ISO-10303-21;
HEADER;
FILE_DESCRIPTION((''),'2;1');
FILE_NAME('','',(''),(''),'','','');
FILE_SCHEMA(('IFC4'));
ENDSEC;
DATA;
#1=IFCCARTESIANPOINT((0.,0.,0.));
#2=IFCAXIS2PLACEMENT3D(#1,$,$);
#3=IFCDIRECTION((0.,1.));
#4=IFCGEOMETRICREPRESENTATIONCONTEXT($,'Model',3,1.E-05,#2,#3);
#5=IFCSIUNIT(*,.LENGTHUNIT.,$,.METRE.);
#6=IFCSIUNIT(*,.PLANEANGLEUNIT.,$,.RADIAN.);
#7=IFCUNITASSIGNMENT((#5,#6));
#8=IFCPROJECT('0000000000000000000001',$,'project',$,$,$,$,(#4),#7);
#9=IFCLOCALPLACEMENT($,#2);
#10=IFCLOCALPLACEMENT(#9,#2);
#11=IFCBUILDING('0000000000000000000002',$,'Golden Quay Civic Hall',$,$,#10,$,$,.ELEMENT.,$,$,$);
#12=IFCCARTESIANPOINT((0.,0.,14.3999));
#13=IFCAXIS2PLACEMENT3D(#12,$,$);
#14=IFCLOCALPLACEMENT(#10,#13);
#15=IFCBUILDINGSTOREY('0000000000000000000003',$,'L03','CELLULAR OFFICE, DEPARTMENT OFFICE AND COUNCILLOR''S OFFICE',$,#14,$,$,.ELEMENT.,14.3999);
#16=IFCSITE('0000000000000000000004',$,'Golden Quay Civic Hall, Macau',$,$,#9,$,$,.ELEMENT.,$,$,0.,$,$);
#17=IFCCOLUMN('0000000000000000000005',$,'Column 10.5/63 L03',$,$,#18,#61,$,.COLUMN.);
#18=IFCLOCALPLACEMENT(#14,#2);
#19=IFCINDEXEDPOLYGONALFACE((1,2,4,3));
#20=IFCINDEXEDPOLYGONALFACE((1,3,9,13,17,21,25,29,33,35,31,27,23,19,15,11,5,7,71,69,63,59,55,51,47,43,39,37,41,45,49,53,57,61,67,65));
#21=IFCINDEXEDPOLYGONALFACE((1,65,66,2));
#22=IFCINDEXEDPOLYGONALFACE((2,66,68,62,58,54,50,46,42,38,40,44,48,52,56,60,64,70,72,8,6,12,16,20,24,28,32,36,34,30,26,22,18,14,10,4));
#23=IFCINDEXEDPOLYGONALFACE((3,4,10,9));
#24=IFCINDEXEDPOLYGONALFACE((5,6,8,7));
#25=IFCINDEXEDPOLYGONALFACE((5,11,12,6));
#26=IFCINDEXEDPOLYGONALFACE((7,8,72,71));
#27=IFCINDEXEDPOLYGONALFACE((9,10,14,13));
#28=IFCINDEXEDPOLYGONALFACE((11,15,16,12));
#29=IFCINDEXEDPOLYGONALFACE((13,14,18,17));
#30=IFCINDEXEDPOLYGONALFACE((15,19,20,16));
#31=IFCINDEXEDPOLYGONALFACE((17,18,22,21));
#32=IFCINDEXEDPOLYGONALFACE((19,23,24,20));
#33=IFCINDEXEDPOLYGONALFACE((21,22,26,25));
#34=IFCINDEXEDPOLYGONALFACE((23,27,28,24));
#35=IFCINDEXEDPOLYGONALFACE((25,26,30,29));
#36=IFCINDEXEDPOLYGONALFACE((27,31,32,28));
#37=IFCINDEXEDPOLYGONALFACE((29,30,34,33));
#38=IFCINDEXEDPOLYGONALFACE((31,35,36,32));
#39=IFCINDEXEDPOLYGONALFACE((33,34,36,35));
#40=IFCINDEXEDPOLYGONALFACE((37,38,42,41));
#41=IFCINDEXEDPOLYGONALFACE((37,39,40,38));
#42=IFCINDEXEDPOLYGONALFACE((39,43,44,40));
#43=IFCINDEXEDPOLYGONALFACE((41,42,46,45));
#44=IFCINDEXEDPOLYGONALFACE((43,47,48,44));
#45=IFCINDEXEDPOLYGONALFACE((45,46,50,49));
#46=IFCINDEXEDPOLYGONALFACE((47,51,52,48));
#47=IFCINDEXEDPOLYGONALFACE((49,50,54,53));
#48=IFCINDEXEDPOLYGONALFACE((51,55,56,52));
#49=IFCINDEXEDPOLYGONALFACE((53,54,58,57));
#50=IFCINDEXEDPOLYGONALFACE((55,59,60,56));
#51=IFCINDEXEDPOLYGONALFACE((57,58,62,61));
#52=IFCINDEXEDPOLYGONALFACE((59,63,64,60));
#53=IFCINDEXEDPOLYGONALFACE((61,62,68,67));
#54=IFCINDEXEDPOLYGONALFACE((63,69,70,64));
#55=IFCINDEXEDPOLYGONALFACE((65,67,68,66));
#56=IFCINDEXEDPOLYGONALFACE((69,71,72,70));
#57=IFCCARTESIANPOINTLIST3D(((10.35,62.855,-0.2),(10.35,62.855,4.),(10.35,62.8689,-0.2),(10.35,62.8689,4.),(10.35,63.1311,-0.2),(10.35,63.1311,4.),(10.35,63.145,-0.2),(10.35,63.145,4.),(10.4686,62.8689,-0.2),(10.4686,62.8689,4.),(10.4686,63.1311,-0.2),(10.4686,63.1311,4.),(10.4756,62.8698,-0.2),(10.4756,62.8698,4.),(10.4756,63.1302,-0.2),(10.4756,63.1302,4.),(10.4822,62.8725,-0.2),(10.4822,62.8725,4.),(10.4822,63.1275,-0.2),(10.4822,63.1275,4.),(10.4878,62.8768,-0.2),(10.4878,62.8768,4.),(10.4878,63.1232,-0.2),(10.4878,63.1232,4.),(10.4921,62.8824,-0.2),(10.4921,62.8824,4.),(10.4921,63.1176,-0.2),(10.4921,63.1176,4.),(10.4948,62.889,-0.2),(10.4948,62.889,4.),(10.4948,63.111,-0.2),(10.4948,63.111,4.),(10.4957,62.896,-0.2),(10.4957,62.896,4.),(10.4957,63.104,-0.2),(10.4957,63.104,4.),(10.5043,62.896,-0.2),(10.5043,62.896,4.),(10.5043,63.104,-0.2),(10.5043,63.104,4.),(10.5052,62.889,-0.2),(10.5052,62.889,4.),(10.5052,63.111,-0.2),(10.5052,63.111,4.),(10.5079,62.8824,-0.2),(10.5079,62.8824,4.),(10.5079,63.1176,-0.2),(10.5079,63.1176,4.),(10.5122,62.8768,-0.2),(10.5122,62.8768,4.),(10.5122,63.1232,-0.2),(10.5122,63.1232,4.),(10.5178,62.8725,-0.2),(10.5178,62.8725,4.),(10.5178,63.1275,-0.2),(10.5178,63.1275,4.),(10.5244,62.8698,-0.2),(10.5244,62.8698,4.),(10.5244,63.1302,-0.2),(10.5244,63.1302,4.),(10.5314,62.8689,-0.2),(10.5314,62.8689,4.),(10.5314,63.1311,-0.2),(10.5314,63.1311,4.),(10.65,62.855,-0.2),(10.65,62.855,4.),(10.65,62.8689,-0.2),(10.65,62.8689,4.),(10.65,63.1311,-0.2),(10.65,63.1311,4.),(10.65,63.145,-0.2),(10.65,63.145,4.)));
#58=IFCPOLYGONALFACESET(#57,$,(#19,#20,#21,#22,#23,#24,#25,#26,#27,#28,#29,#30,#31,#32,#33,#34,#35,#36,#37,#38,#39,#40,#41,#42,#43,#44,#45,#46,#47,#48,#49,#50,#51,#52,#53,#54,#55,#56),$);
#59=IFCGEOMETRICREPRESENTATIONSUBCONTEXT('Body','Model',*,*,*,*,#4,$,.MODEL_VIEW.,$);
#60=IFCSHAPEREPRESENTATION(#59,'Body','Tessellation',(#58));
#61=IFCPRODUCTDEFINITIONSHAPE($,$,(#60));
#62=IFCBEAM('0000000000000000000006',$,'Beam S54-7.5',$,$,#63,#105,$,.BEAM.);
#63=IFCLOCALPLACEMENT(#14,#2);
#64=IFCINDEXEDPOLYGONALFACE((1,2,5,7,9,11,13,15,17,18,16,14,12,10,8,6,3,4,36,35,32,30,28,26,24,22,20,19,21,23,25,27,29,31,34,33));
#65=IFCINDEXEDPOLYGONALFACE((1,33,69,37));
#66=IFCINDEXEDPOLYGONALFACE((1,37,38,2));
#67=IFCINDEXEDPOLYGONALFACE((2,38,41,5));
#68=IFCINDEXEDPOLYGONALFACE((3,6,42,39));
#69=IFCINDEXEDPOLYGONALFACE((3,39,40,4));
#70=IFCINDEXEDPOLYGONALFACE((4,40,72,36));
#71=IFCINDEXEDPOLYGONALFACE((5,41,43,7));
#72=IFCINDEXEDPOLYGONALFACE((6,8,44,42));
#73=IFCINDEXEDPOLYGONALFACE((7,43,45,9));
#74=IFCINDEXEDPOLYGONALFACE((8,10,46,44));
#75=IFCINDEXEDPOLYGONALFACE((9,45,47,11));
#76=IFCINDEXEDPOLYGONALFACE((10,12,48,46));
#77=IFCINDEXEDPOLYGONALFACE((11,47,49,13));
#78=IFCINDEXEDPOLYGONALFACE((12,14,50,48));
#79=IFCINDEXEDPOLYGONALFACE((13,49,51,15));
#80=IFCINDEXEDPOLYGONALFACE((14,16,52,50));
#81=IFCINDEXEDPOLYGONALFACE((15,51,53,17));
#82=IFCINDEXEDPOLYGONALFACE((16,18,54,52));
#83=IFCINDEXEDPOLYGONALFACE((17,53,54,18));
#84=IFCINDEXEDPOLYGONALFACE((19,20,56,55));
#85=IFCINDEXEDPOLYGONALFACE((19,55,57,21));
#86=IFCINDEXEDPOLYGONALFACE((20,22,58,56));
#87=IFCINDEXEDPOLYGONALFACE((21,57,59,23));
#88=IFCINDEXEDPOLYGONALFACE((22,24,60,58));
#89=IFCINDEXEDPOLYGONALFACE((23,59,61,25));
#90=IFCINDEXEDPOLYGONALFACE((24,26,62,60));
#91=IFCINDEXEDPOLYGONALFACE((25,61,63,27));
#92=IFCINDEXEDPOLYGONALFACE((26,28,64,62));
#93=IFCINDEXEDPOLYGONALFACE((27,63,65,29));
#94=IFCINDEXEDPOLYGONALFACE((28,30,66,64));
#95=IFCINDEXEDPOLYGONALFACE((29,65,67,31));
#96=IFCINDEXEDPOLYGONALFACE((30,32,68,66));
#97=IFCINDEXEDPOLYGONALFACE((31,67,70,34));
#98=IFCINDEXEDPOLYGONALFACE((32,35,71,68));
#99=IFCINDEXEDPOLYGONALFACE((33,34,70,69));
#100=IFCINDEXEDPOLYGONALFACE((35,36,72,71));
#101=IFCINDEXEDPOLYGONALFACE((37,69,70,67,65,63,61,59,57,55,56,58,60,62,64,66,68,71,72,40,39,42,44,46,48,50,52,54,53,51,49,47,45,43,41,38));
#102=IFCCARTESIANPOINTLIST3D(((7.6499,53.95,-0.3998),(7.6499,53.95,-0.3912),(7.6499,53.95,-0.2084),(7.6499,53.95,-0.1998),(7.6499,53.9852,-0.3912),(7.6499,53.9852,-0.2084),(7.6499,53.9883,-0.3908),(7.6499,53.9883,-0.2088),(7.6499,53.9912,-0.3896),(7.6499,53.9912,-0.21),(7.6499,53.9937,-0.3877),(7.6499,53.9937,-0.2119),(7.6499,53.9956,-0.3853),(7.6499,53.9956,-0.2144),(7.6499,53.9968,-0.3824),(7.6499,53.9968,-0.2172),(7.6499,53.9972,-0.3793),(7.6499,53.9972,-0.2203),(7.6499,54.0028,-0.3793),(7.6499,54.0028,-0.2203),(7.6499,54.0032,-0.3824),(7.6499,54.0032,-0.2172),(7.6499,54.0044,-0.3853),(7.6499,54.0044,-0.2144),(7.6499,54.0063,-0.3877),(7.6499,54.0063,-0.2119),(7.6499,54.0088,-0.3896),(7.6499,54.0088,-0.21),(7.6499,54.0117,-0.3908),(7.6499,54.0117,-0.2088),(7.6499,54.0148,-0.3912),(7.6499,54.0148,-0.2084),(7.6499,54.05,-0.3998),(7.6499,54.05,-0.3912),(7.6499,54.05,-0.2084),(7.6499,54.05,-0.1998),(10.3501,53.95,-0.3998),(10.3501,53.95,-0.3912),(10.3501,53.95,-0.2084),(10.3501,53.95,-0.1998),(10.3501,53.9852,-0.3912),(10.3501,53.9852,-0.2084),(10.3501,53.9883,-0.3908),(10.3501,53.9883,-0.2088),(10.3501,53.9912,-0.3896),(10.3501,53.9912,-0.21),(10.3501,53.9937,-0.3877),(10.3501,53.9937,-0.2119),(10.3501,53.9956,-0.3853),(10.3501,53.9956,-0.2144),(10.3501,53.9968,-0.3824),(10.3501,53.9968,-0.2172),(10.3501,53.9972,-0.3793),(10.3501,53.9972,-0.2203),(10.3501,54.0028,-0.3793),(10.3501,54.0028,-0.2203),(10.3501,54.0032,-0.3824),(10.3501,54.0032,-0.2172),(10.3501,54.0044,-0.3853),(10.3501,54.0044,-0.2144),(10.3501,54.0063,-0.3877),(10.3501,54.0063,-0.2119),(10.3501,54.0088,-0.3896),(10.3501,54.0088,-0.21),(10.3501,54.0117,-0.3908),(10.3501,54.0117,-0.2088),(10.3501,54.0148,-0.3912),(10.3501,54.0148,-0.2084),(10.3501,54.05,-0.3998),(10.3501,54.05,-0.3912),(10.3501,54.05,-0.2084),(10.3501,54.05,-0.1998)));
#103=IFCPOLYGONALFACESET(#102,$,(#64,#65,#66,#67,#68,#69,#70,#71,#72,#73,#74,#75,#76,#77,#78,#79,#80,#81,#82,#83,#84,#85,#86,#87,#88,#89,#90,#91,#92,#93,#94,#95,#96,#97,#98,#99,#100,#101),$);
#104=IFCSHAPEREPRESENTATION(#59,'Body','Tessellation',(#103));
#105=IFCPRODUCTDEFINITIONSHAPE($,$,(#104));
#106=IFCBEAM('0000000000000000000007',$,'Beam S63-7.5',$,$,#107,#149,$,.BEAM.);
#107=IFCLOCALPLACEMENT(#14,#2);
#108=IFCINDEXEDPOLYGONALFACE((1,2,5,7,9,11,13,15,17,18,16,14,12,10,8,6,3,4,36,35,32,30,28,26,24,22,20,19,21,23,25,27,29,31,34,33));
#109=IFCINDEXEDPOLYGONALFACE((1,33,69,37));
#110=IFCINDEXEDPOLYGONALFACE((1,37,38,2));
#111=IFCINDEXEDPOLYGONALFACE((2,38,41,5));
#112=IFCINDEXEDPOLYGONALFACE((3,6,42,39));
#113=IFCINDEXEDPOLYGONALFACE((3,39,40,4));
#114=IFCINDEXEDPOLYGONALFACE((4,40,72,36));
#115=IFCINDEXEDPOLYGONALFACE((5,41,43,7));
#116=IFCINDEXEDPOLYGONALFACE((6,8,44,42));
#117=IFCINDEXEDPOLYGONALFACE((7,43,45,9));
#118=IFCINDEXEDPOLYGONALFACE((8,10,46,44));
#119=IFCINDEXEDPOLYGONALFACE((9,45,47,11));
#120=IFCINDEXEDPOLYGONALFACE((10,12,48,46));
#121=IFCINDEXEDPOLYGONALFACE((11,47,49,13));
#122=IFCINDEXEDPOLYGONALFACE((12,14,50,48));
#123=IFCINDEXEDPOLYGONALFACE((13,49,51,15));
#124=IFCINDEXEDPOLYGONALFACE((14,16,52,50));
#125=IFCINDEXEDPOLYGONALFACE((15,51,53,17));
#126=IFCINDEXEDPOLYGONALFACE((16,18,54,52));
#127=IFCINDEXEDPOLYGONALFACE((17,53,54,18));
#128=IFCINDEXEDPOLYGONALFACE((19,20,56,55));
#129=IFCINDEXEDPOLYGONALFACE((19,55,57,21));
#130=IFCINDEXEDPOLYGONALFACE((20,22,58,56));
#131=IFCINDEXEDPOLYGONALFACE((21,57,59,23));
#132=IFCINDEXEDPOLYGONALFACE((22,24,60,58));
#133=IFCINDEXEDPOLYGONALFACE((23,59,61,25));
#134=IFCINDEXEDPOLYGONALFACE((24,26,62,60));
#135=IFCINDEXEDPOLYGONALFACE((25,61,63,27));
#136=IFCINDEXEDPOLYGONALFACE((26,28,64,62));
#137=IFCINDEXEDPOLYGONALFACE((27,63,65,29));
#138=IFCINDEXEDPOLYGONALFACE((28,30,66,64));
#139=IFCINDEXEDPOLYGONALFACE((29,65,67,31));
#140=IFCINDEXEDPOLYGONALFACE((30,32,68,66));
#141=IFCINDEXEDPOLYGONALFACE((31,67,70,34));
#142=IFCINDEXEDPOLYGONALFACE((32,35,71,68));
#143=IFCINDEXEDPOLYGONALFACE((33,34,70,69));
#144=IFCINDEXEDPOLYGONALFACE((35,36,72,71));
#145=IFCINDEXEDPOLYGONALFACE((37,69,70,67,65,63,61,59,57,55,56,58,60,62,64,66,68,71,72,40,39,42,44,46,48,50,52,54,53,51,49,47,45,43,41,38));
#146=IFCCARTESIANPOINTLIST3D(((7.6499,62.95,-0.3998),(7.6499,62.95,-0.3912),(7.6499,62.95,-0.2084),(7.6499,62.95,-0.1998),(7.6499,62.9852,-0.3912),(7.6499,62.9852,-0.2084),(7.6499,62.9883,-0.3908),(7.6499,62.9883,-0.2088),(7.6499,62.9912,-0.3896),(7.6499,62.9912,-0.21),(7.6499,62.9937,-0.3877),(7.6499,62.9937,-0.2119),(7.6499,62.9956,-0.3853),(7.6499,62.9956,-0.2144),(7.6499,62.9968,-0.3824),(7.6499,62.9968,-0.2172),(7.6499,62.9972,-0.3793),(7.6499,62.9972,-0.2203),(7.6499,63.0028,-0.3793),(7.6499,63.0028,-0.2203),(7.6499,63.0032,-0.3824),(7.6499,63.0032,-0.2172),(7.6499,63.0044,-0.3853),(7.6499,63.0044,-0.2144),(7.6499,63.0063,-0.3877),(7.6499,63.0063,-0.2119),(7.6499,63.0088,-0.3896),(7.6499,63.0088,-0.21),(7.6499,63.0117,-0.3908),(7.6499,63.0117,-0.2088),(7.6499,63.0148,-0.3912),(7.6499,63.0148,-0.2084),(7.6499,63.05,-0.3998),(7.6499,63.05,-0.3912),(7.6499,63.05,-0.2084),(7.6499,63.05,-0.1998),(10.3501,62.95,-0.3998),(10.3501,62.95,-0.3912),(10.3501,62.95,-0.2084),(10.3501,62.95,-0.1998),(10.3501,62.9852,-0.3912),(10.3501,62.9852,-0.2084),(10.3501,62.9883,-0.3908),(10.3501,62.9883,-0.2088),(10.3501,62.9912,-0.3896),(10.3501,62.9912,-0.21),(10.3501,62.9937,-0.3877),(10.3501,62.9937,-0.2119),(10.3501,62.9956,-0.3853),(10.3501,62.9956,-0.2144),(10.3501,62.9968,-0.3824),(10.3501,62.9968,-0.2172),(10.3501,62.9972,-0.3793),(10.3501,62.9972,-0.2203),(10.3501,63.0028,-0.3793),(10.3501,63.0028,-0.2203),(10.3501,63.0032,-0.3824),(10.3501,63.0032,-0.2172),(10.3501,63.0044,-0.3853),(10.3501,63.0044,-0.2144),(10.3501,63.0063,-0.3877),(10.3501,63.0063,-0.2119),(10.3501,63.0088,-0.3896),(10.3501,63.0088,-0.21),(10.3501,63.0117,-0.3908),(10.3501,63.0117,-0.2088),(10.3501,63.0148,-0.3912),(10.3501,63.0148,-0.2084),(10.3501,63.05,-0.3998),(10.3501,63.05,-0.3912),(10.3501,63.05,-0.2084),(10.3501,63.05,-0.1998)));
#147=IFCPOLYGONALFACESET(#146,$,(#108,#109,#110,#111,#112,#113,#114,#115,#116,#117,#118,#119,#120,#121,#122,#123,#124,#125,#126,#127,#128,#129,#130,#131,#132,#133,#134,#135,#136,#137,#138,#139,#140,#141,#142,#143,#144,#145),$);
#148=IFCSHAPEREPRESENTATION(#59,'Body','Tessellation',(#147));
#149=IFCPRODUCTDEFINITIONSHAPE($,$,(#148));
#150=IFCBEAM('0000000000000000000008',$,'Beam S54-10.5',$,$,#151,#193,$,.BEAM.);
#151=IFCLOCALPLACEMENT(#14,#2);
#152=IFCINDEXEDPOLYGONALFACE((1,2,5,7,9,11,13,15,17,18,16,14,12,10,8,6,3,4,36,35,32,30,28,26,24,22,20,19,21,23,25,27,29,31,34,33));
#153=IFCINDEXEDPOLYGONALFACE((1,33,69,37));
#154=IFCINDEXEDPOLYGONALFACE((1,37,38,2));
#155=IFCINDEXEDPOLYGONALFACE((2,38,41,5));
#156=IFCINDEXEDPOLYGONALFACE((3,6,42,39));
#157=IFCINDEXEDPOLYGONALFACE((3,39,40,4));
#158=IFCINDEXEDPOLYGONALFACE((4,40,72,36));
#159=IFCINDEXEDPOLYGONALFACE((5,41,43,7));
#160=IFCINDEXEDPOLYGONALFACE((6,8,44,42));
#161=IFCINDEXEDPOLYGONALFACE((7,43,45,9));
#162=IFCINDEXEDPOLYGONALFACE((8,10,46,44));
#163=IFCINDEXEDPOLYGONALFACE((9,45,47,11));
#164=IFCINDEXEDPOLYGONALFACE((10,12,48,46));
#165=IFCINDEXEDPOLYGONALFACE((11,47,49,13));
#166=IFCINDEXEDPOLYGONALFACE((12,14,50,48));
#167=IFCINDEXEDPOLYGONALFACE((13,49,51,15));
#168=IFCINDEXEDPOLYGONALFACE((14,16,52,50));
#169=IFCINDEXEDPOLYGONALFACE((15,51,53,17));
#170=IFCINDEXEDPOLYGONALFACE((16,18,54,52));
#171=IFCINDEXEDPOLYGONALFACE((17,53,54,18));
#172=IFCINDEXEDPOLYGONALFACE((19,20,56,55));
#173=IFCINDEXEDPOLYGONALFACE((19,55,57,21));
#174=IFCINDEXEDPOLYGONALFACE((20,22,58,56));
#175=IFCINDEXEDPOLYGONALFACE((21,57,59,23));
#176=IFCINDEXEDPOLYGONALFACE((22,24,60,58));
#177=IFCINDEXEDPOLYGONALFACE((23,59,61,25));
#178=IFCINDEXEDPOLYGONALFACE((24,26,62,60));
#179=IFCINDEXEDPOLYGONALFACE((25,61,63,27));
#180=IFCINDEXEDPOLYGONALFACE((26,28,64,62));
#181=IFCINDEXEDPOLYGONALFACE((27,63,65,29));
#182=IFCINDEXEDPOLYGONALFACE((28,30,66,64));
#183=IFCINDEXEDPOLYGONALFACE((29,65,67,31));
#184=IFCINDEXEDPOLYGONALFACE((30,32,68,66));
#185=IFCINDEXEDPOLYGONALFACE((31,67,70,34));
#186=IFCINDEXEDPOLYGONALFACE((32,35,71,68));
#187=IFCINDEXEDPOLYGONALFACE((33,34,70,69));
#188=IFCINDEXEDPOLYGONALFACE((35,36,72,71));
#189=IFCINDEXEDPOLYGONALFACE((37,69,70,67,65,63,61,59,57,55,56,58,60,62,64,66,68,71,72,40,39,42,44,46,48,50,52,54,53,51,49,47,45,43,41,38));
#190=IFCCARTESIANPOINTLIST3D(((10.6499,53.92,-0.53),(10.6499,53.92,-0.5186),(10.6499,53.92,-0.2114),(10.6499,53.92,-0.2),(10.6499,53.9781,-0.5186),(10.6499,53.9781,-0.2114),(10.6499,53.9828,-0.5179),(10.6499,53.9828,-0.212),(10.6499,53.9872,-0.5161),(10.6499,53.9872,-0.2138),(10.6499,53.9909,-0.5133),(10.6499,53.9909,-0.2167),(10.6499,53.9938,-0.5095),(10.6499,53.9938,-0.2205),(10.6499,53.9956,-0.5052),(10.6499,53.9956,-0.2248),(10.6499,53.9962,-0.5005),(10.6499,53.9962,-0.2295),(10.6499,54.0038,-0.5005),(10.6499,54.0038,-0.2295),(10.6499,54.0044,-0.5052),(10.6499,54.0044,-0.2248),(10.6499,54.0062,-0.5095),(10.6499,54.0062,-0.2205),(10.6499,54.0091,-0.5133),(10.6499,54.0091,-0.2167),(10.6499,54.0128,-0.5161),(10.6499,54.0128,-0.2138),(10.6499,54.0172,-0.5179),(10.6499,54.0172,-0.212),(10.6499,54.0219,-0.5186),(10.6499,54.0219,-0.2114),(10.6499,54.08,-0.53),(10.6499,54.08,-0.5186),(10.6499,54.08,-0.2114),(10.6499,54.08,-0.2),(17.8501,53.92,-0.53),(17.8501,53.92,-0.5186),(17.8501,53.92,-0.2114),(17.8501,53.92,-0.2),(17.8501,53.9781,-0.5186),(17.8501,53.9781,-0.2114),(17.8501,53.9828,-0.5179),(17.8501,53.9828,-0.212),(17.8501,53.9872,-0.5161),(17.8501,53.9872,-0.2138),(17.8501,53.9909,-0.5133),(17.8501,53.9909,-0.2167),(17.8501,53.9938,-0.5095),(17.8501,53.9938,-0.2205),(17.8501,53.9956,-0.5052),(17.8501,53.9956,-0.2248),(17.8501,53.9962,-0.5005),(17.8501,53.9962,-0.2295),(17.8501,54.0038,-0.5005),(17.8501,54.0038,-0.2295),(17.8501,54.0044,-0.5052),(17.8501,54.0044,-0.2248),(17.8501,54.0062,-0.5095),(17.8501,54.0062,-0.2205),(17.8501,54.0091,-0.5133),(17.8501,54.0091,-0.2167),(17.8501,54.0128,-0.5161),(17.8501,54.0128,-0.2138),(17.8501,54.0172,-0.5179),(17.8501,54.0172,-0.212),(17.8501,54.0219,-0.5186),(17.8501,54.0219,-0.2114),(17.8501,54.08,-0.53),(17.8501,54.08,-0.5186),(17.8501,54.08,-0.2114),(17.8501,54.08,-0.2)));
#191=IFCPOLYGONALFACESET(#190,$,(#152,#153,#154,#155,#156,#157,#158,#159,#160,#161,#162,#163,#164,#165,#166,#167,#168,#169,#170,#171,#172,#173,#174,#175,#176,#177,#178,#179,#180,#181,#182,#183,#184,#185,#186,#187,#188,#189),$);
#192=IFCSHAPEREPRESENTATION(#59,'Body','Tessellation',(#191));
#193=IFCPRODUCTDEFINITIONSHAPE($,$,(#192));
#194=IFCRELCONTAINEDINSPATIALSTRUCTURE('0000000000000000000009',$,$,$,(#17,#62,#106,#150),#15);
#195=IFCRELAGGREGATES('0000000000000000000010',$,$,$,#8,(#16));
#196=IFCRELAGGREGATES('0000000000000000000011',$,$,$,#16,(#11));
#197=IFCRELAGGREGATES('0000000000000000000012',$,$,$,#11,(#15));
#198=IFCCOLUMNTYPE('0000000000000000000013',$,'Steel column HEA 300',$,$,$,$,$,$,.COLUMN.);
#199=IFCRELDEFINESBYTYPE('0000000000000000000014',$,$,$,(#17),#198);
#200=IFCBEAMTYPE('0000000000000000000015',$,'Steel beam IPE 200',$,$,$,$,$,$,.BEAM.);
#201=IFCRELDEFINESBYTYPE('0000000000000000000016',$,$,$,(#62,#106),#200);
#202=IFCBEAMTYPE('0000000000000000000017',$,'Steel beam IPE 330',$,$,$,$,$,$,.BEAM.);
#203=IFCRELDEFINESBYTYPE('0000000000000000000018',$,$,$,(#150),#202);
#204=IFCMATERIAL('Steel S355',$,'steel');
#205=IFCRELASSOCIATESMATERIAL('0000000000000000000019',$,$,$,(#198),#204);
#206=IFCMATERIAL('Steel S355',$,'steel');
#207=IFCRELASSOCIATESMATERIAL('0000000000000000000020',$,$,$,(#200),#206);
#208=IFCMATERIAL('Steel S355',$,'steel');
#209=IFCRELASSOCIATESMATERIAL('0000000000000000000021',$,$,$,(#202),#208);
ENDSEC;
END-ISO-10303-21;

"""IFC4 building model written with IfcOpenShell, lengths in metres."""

from ifc_helpers import new_model, si_unit, direction, frame, origin, origin_2d, place, context, subcontext, project, spatial, i_section, extrude, material, material_profile, profile_set, type_object, element, save


model = new_model("IFC4")

# Units and contexts
model_context = context("Model", 3, precision=1e-05, world=origin(), true_north=direction((0.0, 1.0)))
body_context = subcontext(model_context, "Body", "Model", "MODEL_VIEW")
ifc_project = project(units=[si_unit("LENGTHUNIT", "METRE"), si_unit("PLANEANGLEUNIT", "RADIAN")], contexts=[model_context])

# Site, building, storey
site_placement = place(None, origin())
site = spatial("IfcSite", under=ifc_project, at=site_placement, Name="Golden Quay Civic Hall, Macau", CompositionType="ELEMENT", RefElevation=0.0)
building_placement = place(site_placement, origin())
building = spatial("IfcBuilding", under=site, at=building_placement, Name="Golden Quay Civic Hall", CompositionType="ELEMENT")
storey_placement = place(building_placement, frame((0.0, 0.0, 14.3999)))
storey = spatial("IfcBuildingStorey", under=building, at=storey_placement, Name="L03", Description="CELLULAR OFFICE, DEPARTMENT OFFICE AND COUNCILLOR'S OFFICE", CompositionType="ELEMENT", Elevation=14.3999)

# Column
ifc_material_1 = material(Name="Steel S355", Category="steel")
ifc_material_profile_1 = material_profile(ifc_material_1, i_section(OverallWidth=0.3, OverallDepth=0.29, WebThickness=0.0085, FlangeThickness=0.0139, FilletRadius=0.0271, at=origin_2d()), Name="HEA 300")
ifc_profile_set_1 = profile_set([ifc_material_profile_1], Name="Steel S355")
column_type_1 = type_object("IfcColumnType", Name="Steel column HEA 300", PredefinedType="COLUMN", material=ifc_profile_set_1)
for number, where, z_axis, x_axis, name in (
    (1, (10.5, 63.0, -0.2), (0.0, 0.0, 1.0), (1.0, 0.0, 0.0), "Column 10.5/63 L03"),
):
    element("IfcColumn", number, at=place(storey_placement, frame(where, z_axis=z_axis, x_axis=x_axis)), inside=storey, type_object=column_type_1, Name=name, PredefinedType="COLUMN", context=body_context, shape_type="SweptSolid", body=[
        extrude(i_section(OverallWidth=0.3, OverallDepth=0.29, WebThickness=0.0085, FlangeThickness=0.0139, FilletRadius=0.0271, at=origin_2d()), origin(), (0.0, 0.0, 1.0), 4.2),
    ])

# Beams
ifc_material_2 = material(Name="Steel S355", Category="steel")
ifc_material_profile_2 = material_profile(ifc_material_2, i_section(OverallWidth=0.1001, OverallDepth=0.2, WebThickness=0.0056, FlangeThickness=0.0085, FilletRadius=0.012, at=origin_2d()), Name="IPE 200")
ifc_profile_set_2 = profile_set([ifc_material_profile_2], Name="Steel S355")
beam_type_1 = type_object("IfcBeamType", Name="Steel beam IPE 200", PredefinedType="BEAM", material=ifc_profile_set_2)
for number, where, z_axis, x_axis, name in (
    (2, (7.6499, 54.0, -0.2998), (1.0, 0.0, 0.0), (0.0, 1.0, 0.0), "Beam S54-7.5"),
    (3, (7.6499, 63.0, -0.2998), (1.0, 0.0, 0.0), (0.0, 1.0, 0.0), "Beam S63-7.5"),
):
    element("IfcBeam", number, at=place(storey_placement, frame(where, z_axis=z_axis, x_axis=x_axis)), inside=storey, type_object=beam_type_1, Name=name, PredefinedType="BEAM", context=body_context, shape_type="SweptSolid", body=[
        extrude(i_section(OverallWidth=0.1001, OverallDepth=0.2, WebThickness=0.0056, FlangeThickness=0.0085, FilletRadius=0.012, at=origin_2d()), origin(), (0.0, 0.0, 1.0), 2.7002),
    ])
ifc_material_3 = material(Name="Steel S355", Category="steel")
ifc_material_profile_3 = material_profile(ifc_material_3, i_section(OverallWidth=0.1599, OverallDepth=0.3301, WebThickness=0.0076, FlangeThickness=0.0115, FilletRadius=0.0181, at=origin_2d()), Name="IPE 330")
ifc_profile_set_3 = profile_set([ifc_material_profile_3], Name="Steel S355")
beam_type_2 = type_object("IfcBeamType", Name="Steel beam IPE 330", PredefinedType="BEAM", material=ifc_profile_set_3)
beam_1_placement = place(storey_placement, frame((10.6499, 54.0, -0.365), z_axis=(1.0, 0.0, 0.0), x_axis=(0.0, 1.0, 0.0)))
element("IfcBeam", 4, at=beam_1_placement, inside=storey, type_object=beam_type_2, Name="Beam S54-10.5", PredefinedType="BEAM", context=body_context, shape_type="SweptSolid", body=[
    extrude(i_section(OverallWidth=0.1599, OverallDepth=0.3301, WebThickness=0.0076, FlangeThickness=0.0115, FilletRadius=0.0181, at=origin_2d()), origin(), (0.0, 0.0, 1.0), 7.2002),
])

save(model, "model.ifc")
